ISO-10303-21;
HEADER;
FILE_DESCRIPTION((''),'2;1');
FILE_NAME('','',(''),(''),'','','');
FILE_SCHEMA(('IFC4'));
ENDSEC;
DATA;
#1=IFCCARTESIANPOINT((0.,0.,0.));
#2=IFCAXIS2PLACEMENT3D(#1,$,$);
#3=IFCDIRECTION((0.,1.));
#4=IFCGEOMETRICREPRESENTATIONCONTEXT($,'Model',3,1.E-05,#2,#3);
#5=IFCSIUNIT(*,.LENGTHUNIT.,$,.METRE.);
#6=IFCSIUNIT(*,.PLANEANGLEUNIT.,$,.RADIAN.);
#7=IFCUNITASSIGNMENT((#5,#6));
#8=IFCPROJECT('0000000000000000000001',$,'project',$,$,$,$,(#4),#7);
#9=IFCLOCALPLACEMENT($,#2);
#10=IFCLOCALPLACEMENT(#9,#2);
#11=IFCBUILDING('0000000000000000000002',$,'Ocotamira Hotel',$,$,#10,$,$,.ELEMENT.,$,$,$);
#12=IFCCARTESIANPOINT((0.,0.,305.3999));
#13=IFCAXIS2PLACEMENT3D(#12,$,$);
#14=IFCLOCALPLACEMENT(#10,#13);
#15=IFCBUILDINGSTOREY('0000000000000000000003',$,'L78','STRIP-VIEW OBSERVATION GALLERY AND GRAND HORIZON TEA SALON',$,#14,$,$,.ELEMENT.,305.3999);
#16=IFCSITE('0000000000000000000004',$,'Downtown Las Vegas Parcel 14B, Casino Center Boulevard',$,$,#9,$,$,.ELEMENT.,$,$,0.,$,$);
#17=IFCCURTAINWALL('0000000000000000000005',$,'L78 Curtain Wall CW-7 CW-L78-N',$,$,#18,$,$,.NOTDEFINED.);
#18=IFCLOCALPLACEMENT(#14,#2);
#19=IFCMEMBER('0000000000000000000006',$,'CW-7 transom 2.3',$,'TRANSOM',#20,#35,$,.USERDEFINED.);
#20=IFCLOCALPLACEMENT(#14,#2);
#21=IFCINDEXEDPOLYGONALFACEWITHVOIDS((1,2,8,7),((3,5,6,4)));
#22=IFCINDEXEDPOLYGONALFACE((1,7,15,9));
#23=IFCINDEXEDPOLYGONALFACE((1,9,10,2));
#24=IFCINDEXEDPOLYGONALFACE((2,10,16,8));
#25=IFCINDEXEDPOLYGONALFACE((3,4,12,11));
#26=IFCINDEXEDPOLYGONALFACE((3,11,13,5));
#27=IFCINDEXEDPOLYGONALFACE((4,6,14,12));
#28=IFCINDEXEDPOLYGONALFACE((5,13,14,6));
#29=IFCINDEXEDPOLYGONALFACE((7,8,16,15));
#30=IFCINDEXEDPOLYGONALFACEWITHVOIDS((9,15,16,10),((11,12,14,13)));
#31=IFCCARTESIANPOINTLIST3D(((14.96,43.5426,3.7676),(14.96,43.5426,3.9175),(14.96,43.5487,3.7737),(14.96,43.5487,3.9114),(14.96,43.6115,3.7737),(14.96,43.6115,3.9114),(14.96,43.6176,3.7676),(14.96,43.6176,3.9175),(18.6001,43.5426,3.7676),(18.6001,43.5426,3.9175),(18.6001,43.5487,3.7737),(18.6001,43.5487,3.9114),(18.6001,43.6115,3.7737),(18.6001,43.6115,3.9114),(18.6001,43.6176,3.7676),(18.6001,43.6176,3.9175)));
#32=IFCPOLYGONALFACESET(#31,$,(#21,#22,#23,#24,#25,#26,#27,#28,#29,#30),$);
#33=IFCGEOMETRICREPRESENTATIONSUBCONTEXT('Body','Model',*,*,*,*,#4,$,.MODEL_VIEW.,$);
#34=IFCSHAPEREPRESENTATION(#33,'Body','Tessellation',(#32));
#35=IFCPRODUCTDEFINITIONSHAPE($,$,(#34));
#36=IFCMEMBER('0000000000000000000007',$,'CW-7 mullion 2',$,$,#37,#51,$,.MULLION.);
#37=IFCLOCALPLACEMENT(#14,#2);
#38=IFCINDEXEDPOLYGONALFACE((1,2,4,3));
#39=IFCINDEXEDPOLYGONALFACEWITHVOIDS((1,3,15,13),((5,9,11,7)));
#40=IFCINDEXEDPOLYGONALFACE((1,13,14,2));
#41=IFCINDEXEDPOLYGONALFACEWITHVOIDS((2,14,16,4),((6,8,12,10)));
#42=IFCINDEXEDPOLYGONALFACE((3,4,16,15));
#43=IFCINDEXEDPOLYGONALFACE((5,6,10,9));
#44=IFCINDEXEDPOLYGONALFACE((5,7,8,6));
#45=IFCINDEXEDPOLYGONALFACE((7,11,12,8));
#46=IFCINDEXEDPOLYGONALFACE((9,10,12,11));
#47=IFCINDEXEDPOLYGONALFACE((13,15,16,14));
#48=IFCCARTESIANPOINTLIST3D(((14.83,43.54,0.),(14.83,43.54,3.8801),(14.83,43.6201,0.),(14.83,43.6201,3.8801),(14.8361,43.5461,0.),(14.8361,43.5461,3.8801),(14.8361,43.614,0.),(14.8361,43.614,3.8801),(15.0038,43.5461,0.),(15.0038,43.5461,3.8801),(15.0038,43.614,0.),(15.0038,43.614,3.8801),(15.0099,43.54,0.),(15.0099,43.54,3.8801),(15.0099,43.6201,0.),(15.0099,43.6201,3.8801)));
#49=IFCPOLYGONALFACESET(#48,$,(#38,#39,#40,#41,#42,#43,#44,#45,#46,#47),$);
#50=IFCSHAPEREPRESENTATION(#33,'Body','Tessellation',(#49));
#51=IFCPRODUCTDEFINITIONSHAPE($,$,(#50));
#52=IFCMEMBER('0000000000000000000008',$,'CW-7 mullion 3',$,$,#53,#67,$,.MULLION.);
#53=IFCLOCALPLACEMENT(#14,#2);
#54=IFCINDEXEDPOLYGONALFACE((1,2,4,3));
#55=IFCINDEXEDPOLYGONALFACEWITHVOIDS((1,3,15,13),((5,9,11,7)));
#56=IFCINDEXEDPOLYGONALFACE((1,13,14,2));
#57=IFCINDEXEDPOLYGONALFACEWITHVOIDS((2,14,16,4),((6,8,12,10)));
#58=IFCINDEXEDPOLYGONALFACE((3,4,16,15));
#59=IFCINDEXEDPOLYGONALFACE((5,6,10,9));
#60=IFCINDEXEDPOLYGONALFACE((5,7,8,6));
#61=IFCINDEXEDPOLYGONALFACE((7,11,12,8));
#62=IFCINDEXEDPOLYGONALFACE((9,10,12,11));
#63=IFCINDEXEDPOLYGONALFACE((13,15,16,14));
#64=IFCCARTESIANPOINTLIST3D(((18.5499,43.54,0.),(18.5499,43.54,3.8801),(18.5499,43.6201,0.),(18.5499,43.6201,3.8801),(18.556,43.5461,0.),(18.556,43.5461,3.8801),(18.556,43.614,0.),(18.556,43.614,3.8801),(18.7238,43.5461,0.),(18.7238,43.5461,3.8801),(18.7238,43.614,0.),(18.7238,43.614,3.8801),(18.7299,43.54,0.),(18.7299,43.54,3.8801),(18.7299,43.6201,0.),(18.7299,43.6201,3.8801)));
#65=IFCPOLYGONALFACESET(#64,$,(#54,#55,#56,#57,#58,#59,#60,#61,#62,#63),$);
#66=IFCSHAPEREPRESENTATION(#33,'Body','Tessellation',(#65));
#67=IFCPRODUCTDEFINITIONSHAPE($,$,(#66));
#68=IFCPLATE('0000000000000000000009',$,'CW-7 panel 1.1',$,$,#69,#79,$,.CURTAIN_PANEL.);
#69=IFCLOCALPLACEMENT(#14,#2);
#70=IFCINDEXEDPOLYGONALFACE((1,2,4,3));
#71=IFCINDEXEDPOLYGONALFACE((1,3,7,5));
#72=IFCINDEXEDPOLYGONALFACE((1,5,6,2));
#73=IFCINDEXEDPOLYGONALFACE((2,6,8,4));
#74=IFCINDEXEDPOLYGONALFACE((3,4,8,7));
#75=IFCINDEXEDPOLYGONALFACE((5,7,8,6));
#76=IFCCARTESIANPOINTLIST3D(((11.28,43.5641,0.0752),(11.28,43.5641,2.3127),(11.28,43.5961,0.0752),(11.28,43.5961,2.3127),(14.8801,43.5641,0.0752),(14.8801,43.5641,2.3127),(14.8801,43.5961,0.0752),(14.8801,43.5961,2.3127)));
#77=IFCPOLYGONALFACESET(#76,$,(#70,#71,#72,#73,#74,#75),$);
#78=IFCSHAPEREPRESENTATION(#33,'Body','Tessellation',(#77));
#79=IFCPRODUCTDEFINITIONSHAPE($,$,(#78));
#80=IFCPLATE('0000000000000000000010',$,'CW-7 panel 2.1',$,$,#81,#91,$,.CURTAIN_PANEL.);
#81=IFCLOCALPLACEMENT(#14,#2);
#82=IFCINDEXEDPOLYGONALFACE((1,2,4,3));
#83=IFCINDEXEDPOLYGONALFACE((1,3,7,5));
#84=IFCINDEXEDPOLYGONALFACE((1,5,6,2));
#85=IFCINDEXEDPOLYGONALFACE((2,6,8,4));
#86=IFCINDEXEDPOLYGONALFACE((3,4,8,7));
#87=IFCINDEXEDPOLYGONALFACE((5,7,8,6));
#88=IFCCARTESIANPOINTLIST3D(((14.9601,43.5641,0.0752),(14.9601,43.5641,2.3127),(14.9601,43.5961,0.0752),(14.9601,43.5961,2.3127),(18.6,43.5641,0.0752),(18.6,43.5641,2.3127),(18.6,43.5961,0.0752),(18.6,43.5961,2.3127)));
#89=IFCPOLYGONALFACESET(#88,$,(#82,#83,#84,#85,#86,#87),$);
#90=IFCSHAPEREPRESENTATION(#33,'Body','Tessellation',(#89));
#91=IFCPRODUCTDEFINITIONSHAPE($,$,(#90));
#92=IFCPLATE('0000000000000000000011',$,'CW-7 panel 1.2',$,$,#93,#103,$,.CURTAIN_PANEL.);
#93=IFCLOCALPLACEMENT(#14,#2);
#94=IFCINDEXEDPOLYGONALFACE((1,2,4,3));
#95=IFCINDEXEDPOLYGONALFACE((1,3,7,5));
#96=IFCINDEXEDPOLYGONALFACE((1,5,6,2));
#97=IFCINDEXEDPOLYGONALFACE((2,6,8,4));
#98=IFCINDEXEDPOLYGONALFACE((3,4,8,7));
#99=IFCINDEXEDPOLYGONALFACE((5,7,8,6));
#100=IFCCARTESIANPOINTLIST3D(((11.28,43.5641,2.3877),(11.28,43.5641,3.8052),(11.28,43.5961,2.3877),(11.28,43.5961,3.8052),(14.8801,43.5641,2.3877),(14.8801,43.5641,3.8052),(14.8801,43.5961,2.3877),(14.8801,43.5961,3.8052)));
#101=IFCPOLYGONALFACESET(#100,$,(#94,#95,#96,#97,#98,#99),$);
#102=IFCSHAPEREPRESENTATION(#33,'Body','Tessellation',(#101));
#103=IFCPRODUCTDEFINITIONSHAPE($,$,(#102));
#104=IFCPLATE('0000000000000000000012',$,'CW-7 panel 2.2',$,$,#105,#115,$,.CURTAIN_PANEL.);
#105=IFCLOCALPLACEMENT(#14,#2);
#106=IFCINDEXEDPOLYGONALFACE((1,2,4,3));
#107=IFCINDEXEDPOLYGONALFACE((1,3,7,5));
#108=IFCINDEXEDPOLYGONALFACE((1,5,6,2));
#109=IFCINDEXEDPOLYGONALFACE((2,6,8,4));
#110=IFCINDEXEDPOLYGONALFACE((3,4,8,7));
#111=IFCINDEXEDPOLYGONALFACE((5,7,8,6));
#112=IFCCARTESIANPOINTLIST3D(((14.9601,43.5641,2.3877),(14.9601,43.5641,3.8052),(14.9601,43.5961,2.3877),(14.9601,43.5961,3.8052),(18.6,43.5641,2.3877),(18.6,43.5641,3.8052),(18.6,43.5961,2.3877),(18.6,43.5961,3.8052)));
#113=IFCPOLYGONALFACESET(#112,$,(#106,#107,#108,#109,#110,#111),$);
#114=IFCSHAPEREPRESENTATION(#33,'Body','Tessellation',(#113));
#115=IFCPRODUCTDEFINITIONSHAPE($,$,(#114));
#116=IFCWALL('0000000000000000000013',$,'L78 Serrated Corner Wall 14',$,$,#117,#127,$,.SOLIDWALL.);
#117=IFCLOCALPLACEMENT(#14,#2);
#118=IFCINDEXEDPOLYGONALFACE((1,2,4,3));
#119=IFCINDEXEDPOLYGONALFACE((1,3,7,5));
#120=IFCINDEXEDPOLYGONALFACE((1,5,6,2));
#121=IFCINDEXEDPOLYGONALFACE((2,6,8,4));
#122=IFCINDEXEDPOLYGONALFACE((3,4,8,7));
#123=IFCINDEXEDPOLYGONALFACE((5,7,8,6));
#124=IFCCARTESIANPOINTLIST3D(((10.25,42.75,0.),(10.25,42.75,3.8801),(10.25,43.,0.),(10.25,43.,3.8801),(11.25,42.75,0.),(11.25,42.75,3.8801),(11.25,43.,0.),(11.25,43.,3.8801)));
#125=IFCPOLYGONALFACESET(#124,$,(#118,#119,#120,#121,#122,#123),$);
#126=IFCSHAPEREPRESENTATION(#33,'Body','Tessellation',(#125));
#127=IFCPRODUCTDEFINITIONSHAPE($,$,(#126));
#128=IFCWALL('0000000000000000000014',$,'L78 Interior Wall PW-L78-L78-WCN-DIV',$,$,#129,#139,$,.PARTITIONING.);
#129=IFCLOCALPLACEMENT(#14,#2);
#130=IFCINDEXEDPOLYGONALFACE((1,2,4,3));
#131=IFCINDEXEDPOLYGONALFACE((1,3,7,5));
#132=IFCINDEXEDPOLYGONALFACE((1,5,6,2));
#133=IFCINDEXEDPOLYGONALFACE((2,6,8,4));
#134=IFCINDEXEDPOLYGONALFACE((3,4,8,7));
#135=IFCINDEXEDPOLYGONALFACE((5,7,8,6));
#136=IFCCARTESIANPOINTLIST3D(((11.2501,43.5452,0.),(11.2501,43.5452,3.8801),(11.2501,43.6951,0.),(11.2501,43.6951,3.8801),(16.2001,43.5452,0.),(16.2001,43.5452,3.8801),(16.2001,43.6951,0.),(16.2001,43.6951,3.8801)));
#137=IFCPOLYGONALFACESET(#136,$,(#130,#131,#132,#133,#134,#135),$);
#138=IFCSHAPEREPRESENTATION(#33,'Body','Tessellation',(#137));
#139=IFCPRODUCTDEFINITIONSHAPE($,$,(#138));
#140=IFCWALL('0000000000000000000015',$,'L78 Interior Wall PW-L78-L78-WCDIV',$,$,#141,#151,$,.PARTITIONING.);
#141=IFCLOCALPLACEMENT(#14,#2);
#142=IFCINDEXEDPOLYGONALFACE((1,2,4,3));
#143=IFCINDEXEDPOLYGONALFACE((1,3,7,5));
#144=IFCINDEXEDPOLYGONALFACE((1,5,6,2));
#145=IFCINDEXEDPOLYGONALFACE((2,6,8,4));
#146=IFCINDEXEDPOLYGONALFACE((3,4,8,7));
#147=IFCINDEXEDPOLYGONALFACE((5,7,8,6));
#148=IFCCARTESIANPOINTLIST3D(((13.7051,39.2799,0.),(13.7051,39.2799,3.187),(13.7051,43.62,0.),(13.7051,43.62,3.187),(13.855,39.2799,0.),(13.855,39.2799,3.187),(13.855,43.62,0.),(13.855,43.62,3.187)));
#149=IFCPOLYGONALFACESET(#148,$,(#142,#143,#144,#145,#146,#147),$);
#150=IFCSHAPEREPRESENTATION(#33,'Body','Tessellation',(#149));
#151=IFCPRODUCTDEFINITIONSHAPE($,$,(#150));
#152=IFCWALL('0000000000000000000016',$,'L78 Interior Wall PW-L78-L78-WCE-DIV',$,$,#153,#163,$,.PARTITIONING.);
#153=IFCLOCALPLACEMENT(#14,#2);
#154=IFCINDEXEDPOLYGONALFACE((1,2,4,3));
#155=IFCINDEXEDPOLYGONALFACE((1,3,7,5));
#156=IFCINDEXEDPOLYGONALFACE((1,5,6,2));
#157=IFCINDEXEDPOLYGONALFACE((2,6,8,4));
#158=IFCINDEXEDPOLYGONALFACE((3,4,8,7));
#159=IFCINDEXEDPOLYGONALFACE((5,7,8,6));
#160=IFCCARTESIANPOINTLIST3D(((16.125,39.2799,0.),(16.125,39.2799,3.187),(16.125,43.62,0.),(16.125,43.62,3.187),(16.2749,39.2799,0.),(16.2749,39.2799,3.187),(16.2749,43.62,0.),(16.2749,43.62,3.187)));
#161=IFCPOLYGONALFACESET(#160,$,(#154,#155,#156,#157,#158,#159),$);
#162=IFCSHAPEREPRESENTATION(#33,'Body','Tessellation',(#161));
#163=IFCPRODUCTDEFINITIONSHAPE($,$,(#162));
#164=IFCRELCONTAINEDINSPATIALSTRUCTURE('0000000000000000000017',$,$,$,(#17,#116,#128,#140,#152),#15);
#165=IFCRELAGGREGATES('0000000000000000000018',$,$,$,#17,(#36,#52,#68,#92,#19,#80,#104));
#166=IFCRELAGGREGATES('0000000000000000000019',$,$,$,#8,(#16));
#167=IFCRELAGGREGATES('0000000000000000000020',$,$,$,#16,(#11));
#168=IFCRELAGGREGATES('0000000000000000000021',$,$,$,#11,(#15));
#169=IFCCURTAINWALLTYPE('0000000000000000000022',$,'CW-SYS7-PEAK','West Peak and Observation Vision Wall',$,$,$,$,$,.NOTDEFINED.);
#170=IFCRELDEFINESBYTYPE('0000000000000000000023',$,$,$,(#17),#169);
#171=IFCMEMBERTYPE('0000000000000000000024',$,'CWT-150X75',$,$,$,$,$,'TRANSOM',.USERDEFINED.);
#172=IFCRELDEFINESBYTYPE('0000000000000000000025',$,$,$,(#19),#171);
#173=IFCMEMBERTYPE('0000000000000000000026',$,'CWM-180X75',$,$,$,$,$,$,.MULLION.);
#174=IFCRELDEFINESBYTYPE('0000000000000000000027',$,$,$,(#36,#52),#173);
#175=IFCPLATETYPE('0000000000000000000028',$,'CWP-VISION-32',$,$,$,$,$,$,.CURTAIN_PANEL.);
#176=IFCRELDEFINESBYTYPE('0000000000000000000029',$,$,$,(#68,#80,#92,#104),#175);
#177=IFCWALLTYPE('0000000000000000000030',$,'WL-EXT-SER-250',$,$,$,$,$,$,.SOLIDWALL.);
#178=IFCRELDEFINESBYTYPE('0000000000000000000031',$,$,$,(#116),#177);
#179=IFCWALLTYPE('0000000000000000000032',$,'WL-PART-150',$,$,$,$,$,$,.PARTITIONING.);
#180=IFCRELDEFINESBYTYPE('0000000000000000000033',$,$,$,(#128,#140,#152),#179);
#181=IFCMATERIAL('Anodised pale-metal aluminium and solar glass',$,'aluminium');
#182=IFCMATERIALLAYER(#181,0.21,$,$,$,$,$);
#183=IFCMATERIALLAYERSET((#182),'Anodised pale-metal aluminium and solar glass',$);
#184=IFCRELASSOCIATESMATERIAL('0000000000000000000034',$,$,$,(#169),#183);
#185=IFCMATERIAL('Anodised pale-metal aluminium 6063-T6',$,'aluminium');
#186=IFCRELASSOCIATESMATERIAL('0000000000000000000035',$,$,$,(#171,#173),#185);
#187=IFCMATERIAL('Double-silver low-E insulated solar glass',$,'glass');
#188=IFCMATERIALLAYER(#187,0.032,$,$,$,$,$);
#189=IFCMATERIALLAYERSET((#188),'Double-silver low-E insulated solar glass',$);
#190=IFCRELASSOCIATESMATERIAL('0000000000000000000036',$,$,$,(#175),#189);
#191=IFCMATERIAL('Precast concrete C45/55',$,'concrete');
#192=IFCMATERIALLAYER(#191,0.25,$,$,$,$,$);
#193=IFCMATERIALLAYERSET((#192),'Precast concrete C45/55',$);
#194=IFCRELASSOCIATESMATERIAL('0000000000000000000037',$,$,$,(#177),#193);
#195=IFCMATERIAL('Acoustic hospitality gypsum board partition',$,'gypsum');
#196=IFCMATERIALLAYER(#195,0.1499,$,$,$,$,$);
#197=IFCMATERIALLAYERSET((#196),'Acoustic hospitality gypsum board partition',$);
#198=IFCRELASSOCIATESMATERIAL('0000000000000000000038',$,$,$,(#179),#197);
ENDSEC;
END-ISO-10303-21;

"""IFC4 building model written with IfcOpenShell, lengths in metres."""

from ifc_helpers import new_model, si_unit, direction, frame, frame_2d, origin, origin_2d, place, context, subcontext, project, spatial, rectangle, hollow_rectangle, extrude, source, transform, mapped, material, layer, layer_set, material_profile, profile_set, type_object, element, aggregate, save


model = new_model("IFC4")

# Units and contexts
model_context = context("Model", 3, precision=1e-05, world=origin(), true_north=direction((0.0, 1.0)))
body_context = subcontext(model_context, "Body", "Model", "MODEL_VIEW")
ifc_project = project(units=[si_unit("LENGTHUNIT", "METRE"), si_unit("PLANEANGLEUNIT", "RADIAN")], contexts=[model_context])

# Site, building, storey
site_placement = place(None, origin())
site = spatial("IfcSite", under=ifc_project, at=site_placement, Name="Downtown Las Vegas Parcel 14B, Casino Center Boulevard", CompositionType="ELEMENT", RefElevation=0.0)
building_placement = place(site_placement, origin())
building = spatial("IfcBuilding", under=site, at=building_placement, Name="Ocotamira Hotel", CompositionType="ELEMENT")
storey_placement = place(building_placement, frame((0.0, 0.0, 305.3999)))
storey = spatial("IfcBuildingStorey", under=building, at=storey_placement, Name="L78", Description="STRIP-VIEW OBSERVATION GALLERY AND GRAND HORIZON TEA SALON", CompositionType="ELEMENT", Elevation=305.3999)

# Curtain wall, members, plates
ifc_material_1 = material(Name="Anodised pale-metal aluminium and solar glass", Category="aluminium")
ifc_layer_1 = layer(ifc_material_1, 0.21)
ifc_layer_set_1 = layer_set([ifc_layer_1], Name="Anodised pale-metal aluminium and solar glass")
curtain_wall_type = type_object("IfcCurtainWallType", Name="CW-SYS7-PEAK", Description="West Peak and Observation Vision Wall", PredefinedType="NOTDEFINED", material=ifc_layer_set_1)
curtain_wall_placement = place(storey_placement, origin())
curtain_wall = element("IfcCurtainWall", 1, at=curtain_wall_placement, inside=storey, type_object=curtain_wall_type, Name="L78 Curtain Wall CW-7 CW-L78-N", PredefinedType="NOTDEFINED")
ifc_material_2 = material(Name="Anodised pale-metal aluminium 6063-T6", Category="aluminium")
ifc_material_profile_1 = material_profile(ifc_material_2, hollow_rectangle(XDim=0.075, YDim=0.1499, WallThickness=0.0061, at=origin_2d()), Name="HSS150X75X6")
ifc_profile_set_1 = profile_set([ifc_material_profile_1], Name="Anodised pale-metal aluminium 6063-T6")
member_type_1 = type_object("IfcMemberType", Name="CWT-150X75", ElementType="TRANSOM", PredefinedType="USERDEFINED", material=ifc_profile_set_1)
shared_shape_1 = source(origin(), body_context, "Body", "SweptSolid", [
    extrude(hollow_rectangle(XDim=0.075, YDim=0.1499, WallThickness=0.0061, at=origin_2d()), origin(), (0.0, 0.0, 1.0), 3.6401),
])
member_1_placement = place(storey_placement, frame((14.96, 43.5801, 3.8425), z_axis=(1.0, 0.0, 0.0), x_axis=(0.0, 1.0, 0.0)))
member_1 = element("IfcMember", 2, at=member_1_placement, type_object=member_type_1, Name="CW-7 transom 2.3", ObjectType="TRANSOM", PredefinedType="USERDEFINED", context=body_context, shape_type="MappedRepresentation", body=[
    mapped(shared_shape_1, transform((0.0, 0.0, 0.0), scale=1.0)),
])
ifc_material_profile_2 = material_profile(ifc_material_2, hollow_rectangle(XDim=0.0801, YDim=0.1799, WallThickness=0.0061, at=origin_2d()), Name="HSS180X80X6")
ifc_profile_set_2 = profile_set([ifc_material_profile_2], Name="Anodised pale-metal aluminium 6063-T6")
member_type_2 = type_object("IfcMemberType", Name="CWM-180X75", PredefinedType="MULLION", material=ifc_profile_set_2)
shared_shape_2 = source(origin(), body_context, "Body", "SweptSolid", [
    extrude(hollow_rectangle(XDim=0.0801, YDim=0.1799, WallThickness=0.0061, at=origin_2d()), origin(), (0.0, 0.0, 1.0), 3.8801),
])
member_2_placement = place(storey_placement, frame((14.9199, 43.5801, 0.0), z_axis=(0.0, 0.0, 1.0), x_axis=(0.0, 1.0, 0.0)))
member_2 = element("IfcMember", 3, at=member_2_placement, type_object=member_type_2, Name="CW-7 mullion 2", PredefinedType="MULLION", context=body_context, shape_type="MappedRepresentation", body=[
    mapped(shared_shape_2, transform((0.0, 0.0, 0.0), scale=1.0)),
])
member_3_placement = place(storey_placement, frame((18.6399, 43.5801, 0.0), z_axis=(0.0, 0.0, 1.0), x_axis=(0.0, 1.0, 0.0)))
member_3 = element("IfcMember", 4, at=member_3_placement, type_object=member_type_2, Name="CW-7 mullion 3", PredefinedType="MULLION", context=body_context, shape_type="MappedRepresentation", body=[
    mapped(shared_shape_2, transform((0.0, 0.0, 0.0), scale=1.0)),
])
ifc_material_3 = material(Name="Double-silver low-E insulated solar glass", Category="glass")
ifc_layer_2 = layer(ifc_material_3, 0.032)
ifc_layer_set_2 = layer_set([ifc_layer_2], Name="Double-silver low-E insulated solar glass")
plate_type = type_object("IfcPlateType", Name="CWP-VISION-32", PredefinedType="CURTAIN_PANEL", material=ifc_layer_set_2)
shared_shape_3 = source(origin(), body_context, "Body", "SweptSolid", [
    extrude(rectangle(XDim=3.6001, YDim=0.032, at=origin_2d()), origin(), (0.0, 0.0, 1.0), 2.2375),
])
plate_1_placement = place(storey_placement, frame((13.0801, 43.5801, 0.0752), z_axis=(0.0, 0.0, 1.0), x_axis=(1.0, 0.0, 0.0)))
plate_1 = element("IfcPlate", 5, at=plate_1_placement, type_object=plate_type, Name="CW-7 panel 1.1", PredefinedType="CURTAIN_PANEL", context=body_context, shape_type="MappedRepresentation", body=[
    mapped(shared_shape_3, transform((0.0, 0.0, 0.0), scale=1.0)),
])
shared_shape_4 = source(origin(), body_context, "Body", "SweptSolid", [
    extrude(rectangle(XDim=3.6399, YDim=0.032, at=origin_2d()), origin(), (0.0, 0.0, 1.0), 2.2375),
])
plate_2_placement = place(storey_placement, frame((16.78, 43.5801, 0.0752), z_axis=(0.0, 0.0, 1.0), x_axis=(1.0, 0.0, 0.0)))
plate_2 = element("IfcPlate", 6, at=plate_2_placement, type_object=plate_type, Name="CW-7 panel 2.1", PredefinedType="CURTAIN_PANEL", context=body_context, shape_type="MappedRepresentation", body=[
    mapped(shared_shape_4, transform((0.0, 0.0, 0.0), scale=1.0)),
])
shared_shape_5 = source(origin(), body_context, "Body", "SweptSolid", [
    extrude(rectangle(XDim=3.6001, YDim=0.032, at=origin_2d()), origin(), (0.0, 0.0, 1.0), 1.4175),
])
plate_3_placement = place(storey_placement, frame((13.0801, 43.5801, 2.3877), z_axis=(0.0, 0.0, 1.0), x_axis=(1.0, 0.0, 0.0)))
plate_3 = element("IfcPlate", 7, at=plate_3_placement, type_object=plate_type, Name="CW-7 panel 1.2", PredefinedType="CURTAIN_PANEL", context=body_context, shape_type="MappedRepresentation", body=[
    mapped(shared_shape_5, transform((0.0, 0.0, 0.0), scale=1.0)),
])
shared_shape_6 = source(origin(), body_context, "Body", "SweptSolid", [
    extrude(rectangle(XDim=3.6399, YDim=0.032, at=origin_2d()), origin(), (0.0, 0.0, 1.0), 1.4175),
])
plate_4_placement = place(storey_placement, frame((16.78, 43.5801, 2.3877), z_axis=(0.0, 0.0, 1.0), x_axis=(1.0, 0.0, 0.0)))
plate_4 = element("IfcPlate", 8, at=plate_4_placement, type_object=plate_type, Name="CW-7 panel 2.2", PredefinedType="CURTAIN_PANEL", context=body_context, shape_type="MappedRepresentation", body=[
    mapped(shared_shape_6, transform((0.0, 0.0, 0.0), scale=1.0)),
])
aggregate(curtain_wall, [member_2, member_3, plate_1, plate_3, member_1, plate_2, plate_4])

# Walls
ifc_material_4 = material(Name="Precast concrete C45/55", Category="concrete")
ifc_layer_3 = layer(ifc_material_4, 0.25)
ifc_layer_set_3 = layer_set([ifc_layer_3], Name="Precast concrete C45/55")
wall_type_1 = type_object("IfcWallType", Name="WL-EXT-SER-250", PredefinedType="SOLIDWALL", material=ifc_layer_set_3)
wall_1_placement = place(storey_placement, frame((11.25, 42.875, 0.0), z_axis=(0.0, 0.0, 1.0), x_axis=(-1.0, 0.0, 0.0)))
element("IfcWall", 9, at=wall_1_placement, inside=storey, type_object=wall_type_1, Name="L78 Serrated Corner Wall 14", PredefinedType="SOLIDWALL", context=body_context, shape_type="SweptSolid", body=[
    extrude(rectangle(XDim=1.0, YDim=0.25, at=frame_2d((0.5, 0.0))), origin(), (0.0, 0.0, 1.0), 3.8801),
])
ifc_material_5 = material(Name="Acoustic hospitality gypsum board partition", Category="gypsum")
ifc_layer_4 = layer(ifc_material_5, 0.1499)
ifc_layer_set_4 = layer_set([ifc_layer_4], Name="Acoustic hospitality gypsum board partition")
wall_type_2 = type_object("IfcWallType", Name="WL-PART-150", PredefinedType="PARTITIONING", material=ifc_layer_set_4)
wall_2_placement = place(storey_placement, frame((11.25, 43.6201, 0.0), z_axis=(0.0, 0.0, 1.0), x_axis=(1.0, 0.0, 0.0)))
element("IfcWall", 10, at=wall_2_placement, inside=storey, type_object=wall_type_2, Name="L78 Interior Wall PW-L78-L78-WCN-DIV", PredefinedType="PARTITIONING", context=body_context, shape_type="SweptSolid", body=[
    extrude(rectangle(XDim=4.95, YDim=0.1499, at=frame_2d((2.4751, 0.0))), origin(), (0.0, 0.0, 1.0), 3.8801),
])
for number, where, z_axis, x_axis, name in (
    (11, (13.78, 39.28, 0.0), (0.0, 0.0, 1.0), (0.0, 1.0, 0.0), "L78 Interior Wall PW-L78-L78-WCDIV"),
    (12, (16.2, 39.28, 0.0), (0.0, 0.0, 1.0), (0.0, 1.0, 0.0), "L78 Interior Wall PW-L78-L78-WCE-DIV"),
):
    element("IfcWall", number, at=place(storey_placement, frame(where, z_axis=z_axis, x_axis=x_axis)), inside=storey, type_object=wall_type_2, Name=name, PredefinedType="PARTITIONING", context=body_context, shape_type="SweptSolid", body=[
        extrude(rectangle(XDim=4.3401, YDim=0.1499, at=frame_2d((2.1699, 0.0))), origin(), (0.0, 0.0, 1.0), 3.187),
    ])

save(model, "model.ifc")
